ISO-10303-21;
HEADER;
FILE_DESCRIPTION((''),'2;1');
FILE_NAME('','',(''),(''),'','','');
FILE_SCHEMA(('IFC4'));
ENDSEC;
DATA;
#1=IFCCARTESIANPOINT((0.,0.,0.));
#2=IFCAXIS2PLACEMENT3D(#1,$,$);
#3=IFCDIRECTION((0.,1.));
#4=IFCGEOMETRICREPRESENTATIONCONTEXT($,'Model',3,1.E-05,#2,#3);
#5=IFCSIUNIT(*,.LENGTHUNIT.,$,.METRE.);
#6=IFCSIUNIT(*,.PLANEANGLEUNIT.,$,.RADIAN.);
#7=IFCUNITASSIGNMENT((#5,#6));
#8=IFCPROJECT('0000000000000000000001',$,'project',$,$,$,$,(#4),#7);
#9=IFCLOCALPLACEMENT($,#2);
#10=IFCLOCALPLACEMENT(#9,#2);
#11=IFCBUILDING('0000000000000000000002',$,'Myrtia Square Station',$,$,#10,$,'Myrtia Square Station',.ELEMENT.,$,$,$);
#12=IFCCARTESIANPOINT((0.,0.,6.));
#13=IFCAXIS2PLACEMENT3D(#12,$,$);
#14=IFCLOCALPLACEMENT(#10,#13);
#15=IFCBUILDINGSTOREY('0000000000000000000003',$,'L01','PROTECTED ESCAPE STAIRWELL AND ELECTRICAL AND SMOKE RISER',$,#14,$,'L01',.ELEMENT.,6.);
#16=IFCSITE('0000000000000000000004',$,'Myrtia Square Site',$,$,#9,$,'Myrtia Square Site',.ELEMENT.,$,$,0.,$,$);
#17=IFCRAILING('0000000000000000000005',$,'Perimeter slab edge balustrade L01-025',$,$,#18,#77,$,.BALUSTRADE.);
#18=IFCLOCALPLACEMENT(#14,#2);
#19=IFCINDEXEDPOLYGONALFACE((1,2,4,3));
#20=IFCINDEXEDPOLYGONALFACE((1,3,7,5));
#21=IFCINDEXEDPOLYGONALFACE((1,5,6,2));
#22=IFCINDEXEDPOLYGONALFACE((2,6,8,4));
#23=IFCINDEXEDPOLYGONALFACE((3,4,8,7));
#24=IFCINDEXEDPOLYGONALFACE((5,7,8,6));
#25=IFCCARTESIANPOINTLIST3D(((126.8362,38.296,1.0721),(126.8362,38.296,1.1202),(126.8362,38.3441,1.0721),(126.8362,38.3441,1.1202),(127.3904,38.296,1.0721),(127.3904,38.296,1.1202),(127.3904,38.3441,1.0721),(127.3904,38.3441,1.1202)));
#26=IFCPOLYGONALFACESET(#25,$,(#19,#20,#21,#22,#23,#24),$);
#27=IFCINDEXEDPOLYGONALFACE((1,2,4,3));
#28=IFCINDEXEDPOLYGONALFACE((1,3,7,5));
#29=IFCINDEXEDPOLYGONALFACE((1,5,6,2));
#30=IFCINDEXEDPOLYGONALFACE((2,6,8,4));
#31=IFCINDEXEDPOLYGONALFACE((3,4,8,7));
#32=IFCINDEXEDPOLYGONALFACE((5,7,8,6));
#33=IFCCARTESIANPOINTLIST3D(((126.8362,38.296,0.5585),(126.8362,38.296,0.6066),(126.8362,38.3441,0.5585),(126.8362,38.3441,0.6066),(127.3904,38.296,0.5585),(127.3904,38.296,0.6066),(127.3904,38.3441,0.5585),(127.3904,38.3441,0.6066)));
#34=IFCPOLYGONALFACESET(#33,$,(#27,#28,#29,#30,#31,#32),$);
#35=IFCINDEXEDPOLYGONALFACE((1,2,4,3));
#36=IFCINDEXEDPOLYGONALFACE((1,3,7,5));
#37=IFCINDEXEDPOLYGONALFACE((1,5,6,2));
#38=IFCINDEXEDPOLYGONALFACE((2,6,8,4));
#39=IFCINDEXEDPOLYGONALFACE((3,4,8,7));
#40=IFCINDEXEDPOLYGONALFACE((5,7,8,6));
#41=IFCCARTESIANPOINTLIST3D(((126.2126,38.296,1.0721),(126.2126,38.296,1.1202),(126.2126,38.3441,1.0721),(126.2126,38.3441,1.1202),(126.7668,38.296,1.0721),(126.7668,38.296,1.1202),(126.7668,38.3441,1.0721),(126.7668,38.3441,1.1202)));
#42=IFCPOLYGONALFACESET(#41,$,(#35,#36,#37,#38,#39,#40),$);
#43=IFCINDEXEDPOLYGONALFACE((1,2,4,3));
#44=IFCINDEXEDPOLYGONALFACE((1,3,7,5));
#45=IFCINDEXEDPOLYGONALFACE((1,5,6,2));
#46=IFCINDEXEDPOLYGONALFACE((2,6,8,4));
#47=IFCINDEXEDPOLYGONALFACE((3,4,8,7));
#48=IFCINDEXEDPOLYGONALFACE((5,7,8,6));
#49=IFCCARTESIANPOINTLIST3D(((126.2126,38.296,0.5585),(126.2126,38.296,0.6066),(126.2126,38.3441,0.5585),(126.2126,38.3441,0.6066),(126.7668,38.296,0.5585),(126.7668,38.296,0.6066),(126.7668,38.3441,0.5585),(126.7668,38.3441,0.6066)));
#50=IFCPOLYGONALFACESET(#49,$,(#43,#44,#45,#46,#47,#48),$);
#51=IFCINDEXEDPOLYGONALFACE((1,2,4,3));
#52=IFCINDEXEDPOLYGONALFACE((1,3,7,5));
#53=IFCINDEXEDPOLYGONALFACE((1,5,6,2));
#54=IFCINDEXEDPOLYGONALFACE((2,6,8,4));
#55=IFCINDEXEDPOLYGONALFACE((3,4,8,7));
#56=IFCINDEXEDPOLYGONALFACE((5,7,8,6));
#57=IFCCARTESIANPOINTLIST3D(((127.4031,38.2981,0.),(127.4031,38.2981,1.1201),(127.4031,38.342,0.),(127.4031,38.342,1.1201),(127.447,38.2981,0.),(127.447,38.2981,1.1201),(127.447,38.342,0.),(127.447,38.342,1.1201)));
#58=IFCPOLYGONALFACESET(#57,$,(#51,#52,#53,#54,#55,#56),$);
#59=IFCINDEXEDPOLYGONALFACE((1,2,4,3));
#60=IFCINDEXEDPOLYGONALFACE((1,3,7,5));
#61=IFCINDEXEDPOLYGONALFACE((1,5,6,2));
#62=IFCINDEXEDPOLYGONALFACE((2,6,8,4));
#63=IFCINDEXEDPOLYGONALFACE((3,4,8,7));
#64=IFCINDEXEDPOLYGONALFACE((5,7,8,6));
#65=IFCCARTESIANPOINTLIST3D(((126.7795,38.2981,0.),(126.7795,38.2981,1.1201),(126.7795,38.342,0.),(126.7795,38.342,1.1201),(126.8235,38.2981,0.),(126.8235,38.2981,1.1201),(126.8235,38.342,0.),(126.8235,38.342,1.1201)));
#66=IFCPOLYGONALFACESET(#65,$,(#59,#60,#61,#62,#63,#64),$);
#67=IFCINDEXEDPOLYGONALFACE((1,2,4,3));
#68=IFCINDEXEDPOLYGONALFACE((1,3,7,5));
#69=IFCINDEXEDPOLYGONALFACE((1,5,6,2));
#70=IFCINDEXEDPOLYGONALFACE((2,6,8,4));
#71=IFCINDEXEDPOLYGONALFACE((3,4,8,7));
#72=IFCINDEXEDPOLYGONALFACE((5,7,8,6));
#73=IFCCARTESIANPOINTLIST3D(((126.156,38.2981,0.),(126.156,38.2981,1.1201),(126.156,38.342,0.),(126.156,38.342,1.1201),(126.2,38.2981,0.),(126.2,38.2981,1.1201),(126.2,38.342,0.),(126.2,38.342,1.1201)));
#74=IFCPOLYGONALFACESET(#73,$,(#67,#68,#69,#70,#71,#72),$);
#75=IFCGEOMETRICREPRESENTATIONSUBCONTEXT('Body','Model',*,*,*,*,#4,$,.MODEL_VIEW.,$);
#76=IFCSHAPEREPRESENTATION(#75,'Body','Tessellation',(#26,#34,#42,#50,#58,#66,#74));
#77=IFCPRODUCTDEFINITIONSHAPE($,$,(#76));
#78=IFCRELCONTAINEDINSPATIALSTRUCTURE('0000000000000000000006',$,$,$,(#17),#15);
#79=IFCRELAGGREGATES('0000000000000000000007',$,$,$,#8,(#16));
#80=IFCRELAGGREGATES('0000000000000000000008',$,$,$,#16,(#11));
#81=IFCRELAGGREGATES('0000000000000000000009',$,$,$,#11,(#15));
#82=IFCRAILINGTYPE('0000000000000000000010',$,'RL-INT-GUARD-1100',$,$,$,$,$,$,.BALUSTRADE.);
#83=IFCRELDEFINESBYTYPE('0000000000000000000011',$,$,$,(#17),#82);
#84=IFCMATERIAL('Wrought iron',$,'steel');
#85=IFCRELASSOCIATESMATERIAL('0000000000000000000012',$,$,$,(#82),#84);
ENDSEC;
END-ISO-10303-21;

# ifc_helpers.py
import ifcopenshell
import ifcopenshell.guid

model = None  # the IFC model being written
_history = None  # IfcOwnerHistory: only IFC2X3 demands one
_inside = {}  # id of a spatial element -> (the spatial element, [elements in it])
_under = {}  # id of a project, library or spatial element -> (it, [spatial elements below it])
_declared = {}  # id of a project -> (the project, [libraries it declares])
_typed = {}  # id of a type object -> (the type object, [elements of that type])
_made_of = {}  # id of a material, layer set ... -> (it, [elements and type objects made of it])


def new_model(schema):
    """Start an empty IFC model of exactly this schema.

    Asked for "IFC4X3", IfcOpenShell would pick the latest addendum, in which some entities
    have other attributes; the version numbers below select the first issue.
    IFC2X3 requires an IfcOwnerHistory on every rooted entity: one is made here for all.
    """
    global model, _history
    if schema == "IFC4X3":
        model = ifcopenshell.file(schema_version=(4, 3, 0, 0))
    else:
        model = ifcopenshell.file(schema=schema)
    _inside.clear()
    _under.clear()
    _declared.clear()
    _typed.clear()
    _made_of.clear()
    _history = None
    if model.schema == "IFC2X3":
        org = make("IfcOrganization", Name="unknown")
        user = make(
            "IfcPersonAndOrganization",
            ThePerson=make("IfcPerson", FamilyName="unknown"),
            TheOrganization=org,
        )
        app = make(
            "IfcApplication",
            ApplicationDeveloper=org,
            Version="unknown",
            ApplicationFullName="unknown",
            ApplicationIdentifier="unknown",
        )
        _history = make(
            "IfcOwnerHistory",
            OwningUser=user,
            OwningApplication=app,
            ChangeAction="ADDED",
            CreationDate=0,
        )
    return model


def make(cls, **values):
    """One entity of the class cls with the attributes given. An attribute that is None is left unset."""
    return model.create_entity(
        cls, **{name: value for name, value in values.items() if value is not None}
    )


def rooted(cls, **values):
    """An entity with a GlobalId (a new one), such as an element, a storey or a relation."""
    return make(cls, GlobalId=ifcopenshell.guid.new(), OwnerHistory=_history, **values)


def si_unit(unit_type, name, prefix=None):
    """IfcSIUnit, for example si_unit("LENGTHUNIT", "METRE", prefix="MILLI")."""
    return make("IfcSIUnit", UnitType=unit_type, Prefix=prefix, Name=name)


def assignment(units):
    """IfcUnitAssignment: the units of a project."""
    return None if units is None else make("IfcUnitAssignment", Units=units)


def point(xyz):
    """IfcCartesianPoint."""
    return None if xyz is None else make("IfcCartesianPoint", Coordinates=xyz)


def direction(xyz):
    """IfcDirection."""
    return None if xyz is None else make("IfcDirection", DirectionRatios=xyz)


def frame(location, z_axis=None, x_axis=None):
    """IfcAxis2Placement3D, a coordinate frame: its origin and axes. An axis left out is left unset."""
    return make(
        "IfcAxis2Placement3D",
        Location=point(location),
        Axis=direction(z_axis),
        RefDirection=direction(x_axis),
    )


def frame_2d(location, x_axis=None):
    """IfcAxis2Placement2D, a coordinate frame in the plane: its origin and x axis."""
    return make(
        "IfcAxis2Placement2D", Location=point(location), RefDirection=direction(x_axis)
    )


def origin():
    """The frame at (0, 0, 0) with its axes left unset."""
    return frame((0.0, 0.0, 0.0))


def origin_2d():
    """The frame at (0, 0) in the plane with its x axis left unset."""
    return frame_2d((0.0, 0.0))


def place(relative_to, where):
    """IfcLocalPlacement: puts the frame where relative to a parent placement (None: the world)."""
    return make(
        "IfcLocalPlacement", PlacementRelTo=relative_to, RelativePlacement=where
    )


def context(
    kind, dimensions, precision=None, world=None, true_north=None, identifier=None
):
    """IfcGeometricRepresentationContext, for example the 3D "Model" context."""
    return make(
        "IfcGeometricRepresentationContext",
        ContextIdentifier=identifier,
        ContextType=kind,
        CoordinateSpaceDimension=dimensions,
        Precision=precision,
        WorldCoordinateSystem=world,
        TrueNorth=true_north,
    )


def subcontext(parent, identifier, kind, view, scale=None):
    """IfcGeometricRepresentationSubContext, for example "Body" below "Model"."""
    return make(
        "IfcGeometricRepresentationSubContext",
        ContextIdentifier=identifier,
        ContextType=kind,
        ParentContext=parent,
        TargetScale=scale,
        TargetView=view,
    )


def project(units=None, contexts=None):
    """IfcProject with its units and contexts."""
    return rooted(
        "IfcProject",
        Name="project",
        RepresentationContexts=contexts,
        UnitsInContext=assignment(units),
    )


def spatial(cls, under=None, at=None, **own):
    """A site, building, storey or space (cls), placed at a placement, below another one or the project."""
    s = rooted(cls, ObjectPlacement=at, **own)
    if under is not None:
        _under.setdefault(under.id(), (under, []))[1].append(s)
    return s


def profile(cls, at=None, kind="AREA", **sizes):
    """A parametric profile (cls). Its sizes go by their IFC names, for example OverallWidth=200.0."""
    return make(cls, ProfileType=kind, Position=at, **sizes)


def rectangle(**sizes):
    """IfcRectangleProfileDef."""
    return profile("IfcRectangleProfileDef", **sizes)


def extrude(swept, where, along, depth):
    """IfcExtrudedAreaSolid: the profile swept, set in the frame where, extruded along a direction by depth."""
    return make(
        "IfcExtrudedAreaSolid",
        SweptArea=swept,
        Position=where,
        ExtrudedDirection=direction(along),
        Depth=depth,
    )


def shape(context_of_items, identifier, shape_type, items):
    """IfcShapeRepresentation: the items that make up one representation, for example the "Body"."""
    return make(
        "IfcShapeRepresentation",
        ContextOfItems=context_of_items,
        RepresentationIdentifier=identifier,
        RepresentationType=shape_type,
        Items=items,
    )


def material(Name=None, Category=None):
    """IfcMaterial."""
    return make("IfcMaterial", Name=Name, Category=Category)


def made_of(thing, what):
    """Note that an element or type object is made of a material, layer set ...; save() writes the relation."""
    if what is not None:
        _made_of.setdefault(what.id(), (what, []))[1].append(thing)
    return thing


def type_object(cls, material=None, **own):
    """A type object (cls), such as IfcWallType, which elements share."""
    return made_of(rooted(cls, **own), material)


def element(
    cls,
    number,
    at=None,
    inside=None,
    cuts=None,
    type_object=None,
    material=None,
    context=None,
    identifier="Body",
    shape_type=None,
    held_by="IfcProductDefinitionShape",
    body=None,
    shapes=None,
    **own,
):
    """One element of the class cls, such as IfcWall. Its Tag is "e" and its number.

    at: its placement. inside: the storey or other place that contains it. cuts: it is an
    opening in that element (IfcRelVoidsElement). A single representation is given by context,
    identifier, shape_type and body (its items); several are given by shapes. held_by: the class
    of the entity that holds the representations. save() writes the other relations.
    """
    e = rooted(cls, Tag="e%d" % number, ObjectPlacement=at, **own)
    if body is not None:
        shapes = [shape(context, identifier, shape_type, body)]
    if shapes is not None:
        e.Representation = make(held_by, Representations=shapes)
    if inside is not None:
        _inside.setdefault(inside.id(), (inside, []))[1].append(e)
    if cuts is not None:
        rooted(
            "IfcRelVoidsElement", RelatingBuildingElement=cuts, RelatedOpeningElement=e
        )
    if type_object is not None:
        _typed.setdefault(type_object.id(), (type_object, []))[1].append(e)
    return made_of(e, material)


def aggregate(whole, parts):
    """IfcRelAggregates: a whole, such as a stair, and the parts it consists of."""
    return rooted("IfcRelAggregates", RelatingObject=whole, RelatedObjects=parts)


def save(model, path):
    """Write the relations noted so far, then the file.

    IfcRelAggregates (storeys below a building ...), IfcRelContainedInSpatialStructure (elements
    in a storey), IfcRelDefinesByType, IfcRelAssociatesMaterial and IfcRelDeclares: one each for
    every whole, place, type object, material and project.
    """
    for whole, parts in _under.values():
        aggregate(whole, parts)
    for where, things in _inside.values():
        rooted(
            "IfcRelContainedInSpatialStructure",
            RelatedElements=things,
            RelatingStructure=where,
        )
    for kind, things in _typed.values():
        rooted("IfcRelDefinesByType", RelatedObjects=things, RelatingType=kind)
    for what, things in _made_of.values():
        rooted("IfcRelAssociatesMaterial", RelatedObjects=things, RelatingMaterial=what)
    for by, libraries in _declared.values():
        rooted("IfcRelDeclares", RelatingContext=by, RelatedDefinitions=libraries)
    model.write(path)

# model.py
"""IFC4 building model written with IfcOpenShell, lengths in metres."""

from ifc_helpers import new_model, si_unit, direction, frame, origin, origin_2d, place, context, subcontext, project, spatial, rectangle, extrude, material, type_object, element, save


model = new_model("IFC4")

# Units and contexts
model_context = context("Model", 3, precision=1e-05, world=origin(), true_north=direction((0.0, 1.0)))
body_context = subcontext(model_context, "Body", "Model", "MODEL_VIEW")
ifc_project = project(units=[si_unit("LENGTHUNIT", "METRE"), si_unit("PLANEANGLEUNIT", "RADIAN")], contexts=[model_context])

# Site, building, storey
site_placement = place(None, origin())
site = spatial("IfcSite", under=ifc_project, at=site_placement, Name="Myrtia Square Site", LongName="Myrtia Square Site", CompositionType="ELEMENT", RefElevation=0.0)
building_placement = place(site_placement, origin())
building = spatial("IfcBuilding", under=site, at=building_placement, Name="Myrtia Square Station", LongName="Myrtia Square Station", CompositionType="ELEMENT")
storey_placement = place(building_placement, frame((0.0, 0.0, 6.0)))
storey = spatial("IfcBuildingStorey", under=building, at=storey_placement, Name="L01", Description="PROTECTED ESCAPE STAIRWELL AND ELECTRICAL AND SMOKE RISER", LongName="L01", CompositionType="ELEMENT", Elevation=6.0)

# Railing
ifc_material_1 = material(Name="Wrought iron", Category="steel")
railing_type = type_object("IfcRailingType", Name="RL-INT-GUARD-1100", PredefinedType="BALUSTRADE", material=ifc_material_1)
railing_placement = place(storey_placement, frame((127.425, 38.3201, 0.0)))
element("IfcRailing", 1, at=railing_placement, inside=storey, type_object=railing_type, Name="Perimeter slab edge balustrade L01-025", PredefinedType="BALUSTRADE", context=body_context, shape_type="SweptSolid", body=[
    extrude(rectangle(XDim=0.0481, YDim=0.0481, at=origin_2d()), frame((-0.0347, 0.0, 1.0962), z_axis=(-1.0, 0.0, 0.0), x_axis=(0.0, -1.0, 0.0)), (0.0, 0.0, 1.0), 0.5542),
    extrude(rectangle(XDim=0.0481, YDim=0.0481, at=origin_2d()), frame((-0.0347, 0.0, 0.5825), z_axis=(-1.0, 0.0, 0.0), x_axis=(0.0, -1.0, 0.0)), (0.0, 0.0, 1.0), 0.5542),
    extrude(rectangle(XDim=0.0481, YDim=0.0481, at=origin_2d()), frame((-0.6582, 0.0, 1.0962), z_axis=(-1.0, 0.0, 0.0), x_axis=(0.0, -1.0, 0.0)), (0.0, 0.0, 1.0), 0.5542),
    extrude(rectangle(XDim=0.0481, YDim=0.0481, at=origin_2d()), frame((-0.6582, 0.0, 0.5825), z_axis=(-1.0, 0.0, 0.0), x_axis=(0.0, -1.0, 0.0)), (0.0, 0.0, 1.0), 0.5542),
    extrude(rectangle(XDim=0.0439, YDim=0.0439, at=origin_2d()), origin(), (0.0, 0.0, 1.0), 1.1201),
    extrude(rectangle(XDim=0.0439, YDim=0.0439, at=origin_2d()), frame((-0.6235, 0.0, 0.0)), (0.0, 0.0, 1.0), 1.1201),
    extrude(rectangle(XDim=0.0439, YDim=0.0439, at=origin_2d()), frame((-1.2471, 0.0, 0.0)), (0.0, 0.0, 1.0), 1.1201),
])

save(model, "model.ifc")
